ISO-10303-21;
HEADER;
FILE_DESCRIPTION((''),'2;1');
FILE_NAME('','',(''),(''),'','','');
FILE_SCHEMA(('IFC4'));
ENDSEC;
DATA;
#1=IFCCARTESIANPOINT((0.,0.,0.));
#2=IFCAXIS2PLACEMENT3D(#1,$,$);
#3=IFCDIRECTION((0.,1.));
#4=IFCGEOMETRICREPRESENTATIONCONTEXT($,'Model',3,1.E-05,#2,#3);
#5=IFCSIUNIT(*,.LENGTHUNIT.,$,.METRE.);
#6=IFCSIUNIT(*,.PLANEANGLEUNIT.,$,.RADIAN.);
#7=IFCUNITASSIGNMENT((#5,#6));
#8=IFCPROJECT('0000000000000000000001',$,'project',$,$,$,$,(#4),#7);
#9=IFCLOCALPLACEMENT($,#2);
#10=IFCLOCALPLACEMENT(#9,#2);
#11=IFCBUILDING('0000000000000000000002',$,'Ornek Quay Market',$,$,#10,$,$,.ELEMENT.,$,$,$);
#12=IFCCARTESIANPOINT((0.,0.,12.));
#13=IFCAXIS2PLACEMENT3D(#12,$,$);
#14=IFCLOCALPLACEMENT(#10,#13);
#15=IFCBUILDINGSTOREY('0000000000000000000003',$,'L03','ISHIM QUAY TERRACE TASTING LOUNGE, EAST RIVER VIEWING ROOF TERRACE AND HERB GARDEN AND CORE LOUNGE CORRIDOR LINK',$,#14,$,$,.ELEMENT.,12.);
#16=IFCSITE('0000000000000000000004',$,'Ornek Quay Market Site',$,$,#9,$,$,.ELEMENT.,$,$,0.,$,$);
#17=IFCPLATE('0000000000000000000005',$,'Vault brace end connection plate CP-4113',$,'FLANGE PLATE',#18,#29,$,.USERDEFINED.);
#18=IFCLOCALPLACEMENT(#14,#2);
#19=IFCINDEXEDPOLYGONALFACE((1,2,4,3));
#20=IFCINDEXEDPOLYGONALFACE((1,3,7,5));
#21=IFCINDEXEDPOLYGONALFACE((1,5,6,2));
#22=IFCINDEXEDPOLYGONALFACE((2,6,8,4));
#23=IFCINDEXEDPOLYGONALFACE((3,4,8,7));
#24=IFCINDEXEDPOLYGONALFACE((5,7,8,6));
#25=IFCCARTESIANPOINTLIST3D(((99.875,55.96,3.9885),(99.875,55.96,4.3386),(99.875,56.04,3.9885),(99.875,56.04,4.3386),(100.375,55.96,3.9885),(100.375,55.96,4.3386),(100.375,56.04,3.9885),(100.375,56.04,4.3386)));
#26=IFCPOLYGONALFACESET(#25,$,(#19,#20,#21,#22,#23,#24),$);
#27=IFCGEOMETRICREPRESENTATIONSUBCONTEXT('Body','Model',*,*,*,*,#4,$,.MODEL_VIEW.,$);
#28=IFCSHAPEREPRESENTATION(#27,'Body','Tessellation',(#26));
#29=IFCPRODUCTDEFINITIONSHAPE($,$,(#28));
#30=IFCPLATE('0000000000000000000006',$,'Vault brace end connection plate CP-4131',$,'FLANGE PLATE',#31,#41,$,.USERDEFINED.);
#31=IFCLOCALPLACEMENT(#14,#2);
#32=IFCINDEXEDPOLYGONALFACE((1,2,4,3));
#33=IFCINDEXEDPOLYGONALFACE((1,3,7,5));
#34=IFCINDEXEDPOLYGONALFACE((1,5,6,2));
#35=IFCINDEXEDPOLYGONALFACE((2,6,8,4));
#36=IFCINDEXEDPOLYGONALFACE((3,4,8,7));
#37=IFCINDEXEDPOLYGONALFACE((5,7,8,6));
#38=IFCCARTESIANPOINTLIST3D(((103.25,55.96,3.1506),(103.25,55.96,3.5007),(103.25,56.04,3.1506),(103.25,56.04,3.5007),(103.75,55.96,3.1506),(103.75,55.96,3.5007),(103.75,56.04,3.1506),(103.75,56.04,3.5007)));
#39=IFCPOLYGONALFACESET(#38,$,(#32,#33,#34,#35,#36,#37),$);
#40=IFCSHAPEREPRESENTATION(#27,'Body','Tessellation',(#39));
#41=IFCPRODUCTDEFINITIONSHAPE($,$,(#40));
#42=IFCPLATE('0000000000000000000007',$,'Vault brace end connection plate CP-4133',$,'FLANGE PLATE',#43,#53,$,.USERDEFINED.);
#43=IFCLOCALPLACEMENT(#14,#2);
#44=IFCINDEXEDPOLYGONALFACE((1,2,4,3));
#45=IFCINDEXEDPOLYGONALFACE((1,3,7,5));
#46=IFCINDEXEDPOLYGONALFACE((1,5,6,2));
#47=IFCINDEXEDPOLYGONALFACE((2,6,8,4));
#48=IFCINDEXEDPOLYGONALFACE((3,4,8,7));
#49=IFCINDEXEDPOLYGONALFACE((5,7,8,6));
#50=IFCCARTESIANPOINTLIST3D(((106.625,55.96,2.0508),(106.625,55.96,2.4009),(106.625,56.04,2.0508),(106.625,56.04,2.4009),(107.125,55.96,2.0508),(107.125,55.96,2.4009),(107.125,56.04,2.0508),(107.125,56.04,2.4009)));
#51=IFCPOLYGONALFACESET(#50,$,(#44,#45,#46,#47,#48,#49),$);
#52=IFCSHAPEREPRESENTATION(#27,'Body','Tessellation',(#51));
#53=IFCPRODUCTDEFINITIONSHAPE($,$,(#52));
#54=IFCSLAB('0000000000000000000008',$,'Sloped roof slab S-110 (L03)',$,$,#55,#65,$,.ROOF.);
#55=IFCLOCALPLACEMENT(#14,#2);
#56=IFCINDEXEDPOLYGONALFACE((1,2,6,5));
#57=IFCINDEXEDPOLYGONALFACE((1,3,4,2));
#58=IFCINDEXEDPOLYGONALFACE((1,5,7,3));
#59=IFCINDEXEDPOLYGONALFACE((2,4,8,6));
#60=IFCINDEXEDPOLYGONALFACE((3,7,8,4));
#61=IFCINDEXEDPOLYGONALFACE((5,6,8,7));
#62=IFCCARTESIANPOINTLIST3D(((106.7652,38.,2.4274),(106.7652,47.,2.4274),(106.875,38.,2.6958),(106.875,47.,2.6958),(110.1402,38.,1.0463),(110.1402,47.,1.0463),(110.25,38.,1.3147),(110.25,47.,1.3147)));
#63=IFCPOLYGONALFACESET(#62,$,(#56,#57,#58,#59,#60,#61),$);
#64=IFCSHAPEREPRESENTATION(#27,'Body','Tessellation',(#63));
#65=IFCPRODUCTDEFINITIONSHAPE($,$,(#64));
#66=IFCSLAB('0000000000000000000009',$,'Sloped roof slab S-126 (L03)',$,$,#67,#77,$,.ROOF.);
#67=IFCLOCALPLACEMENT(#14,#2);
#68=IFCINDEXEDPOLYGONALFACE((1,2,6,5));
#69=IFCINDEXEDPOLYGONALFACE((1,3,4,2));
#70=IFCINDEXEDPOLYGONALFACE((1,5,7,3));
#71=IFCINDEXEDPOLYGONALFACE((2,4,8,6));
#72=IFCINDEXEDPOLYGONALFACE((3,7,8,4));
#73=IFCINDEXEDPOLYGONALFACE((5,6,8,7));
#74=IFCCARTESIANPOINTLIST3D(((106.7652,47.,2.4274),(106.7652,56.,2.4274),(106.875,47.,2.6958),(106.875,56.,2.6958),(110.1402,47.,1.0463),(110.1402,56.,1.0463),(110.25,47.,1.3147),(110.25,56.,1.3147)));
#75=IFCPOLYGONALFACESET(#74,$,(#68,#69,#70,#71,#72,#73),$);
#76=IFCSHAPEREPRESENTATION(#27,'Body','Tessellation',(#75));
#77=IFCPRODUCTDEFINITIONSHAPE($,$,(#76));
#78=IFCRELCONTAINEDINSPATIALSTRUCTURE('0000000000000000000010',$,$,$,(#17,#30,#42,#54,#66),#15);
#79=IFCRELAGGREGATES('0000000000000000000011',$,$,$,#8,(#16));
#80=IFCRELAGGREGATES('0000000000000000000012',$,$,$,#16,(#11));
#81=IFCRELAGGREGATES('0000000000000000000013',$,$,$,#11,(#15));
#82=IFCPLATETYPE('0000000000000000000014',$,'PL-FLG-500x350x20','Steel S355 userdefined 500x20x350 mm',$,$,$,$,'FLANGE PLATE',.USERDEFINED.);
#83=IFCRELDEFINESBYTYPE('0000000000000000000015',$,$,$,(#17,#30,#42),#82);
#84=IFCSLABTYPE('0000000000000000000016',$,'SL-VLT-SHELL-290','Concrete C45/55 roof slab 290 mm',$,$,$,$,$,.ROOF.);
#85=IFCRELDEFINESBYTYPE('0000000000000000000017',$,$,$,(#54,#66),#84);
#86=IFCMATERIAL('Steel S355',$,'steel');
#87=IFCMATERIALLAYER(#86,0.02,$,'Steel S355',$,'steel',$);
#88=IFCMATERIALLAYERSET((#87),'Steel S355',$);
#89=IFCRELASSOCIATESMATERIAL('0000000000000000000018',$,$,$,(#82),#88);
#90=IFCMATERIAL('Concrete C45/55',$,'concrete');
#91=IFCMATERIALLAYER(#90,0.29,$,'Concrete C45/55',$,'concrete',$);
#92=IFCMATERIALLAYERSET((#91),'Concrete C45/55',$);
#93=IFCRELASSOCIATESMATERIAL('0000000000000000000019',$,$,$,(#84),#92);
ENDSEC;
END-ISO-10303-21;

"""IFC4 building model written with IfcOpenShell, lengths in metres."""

from ifc_helpers import new_model, si_unit, direction, frame, origin, origin_2d, place, context, subcontext, project, spatial, polyline, rectangle, outline, extrude, material, layer, layer_set, type_object, element, save


model = new_model("IFC4")

# Units and contexts
model_context = context("Model", 3, precision=1e-05, world=origin(), true_north=direction((0.0, 1.0)))
body_context = subcontext(model_context, "Body", "Model", "MODEL_VIEW")
ifc_project = project(units=[si_unit("LENGTHUNIT", "METRE"), si_unit("PLANEANGLEUNIT", "RADIAN")], contexts=[model_context])

# Site, building, storey
site_placement = place(None, origin())
site = spatial("IfcSite", under=ifc_project, at=site_placement, Name="Ornek Quay Market Site", CompositionType="ELEMENT", RefElevation=0.0)
building_placement = place(site_placement, origin())
building = spatial("IfcBuilding", under=site, at=building_placement, Name="Ornek Quay Market", CompositionType="ELEMENT")
storey_placement = place(building_placement, frame((0.0, 0.0, 12.0)))
storey = spatial("IfcBuildingStorey", under=building, at=storey_placement, Name="L03", Description="ISHIM QUAY TERRACE TASTING LOUNGE, EAST RIVER VIEWING ROOF TERRACE AND HERB GARDEN AND CORE LOUNGE CORRIDOR LINK", CompositionType="ELEMENT", Elevation=12.0)

# Shared definitions
ifc_material_1 = material(Name="Concrete C45/55", Category="concrete")
ifc_material_2 = material(Name="Steel S355", Category="steel")

# Plates
ifc_layer_1 = layer(ifc_material_2, 0.02, Name="Steel S355", Category="steel")
ifc_layer_set_1 = layer_set([ifc_layer_1], Name="Steel S355")
plate_type = type_object("IfcPlateType", Name="PL-FLG-500x350x20", Description="Steel S355 userdefined 500x20x350 mm", ElementType="FLANGE PLATE", PredefinedType="USERDEFINED", material=ifc_layer_set_1)
for number, where, z_axis, x_axis, name in (
    (1, (100.125, 56.0, 3.9885), (0.0, 0.0, 1.0), (1.0, 0.0, 0.0), "Vault brace end connection plate CP-4113"),
    (2, (103.5, 56.0, 3.1506), (0.0, 0.0, 1.0), (1.0, 0.0, 0.0), "Vault brace end connection plate CP-4131"),
    (3, (106.875, 56.0, 2.0508), (0.0, 0.0, 1.0), (1.0, 0.0, 0.0), "Vault brace end connection plate CP-4133"),
):
    element("IfcPlate", number, at=place(storey_placement, frame(where, z_axis=z_axis, x_axis=x_axis)), inside=storey, type_object=plate_type, Name=name, ObjectType="FLANGE PLATE", PredefinedType="USERDEFINED", context=body_context, shape_type="SweptSolid", body=[
        extrude(rectangle(XDim=0.5, YDim=0.0801, at=origin_2d()), origin(), (0.0, 0.0, 1.0), 0.3501),
    ])

# Slabs
ifc_layer_2 = layer(ifc_material_1, 0.29, Name="Concrete C45/55", Category="concrete")
ifc_layer_set_2 = layer_set([ifc_layer_2], Name="Concrete C45/55")
slab_type = type_object("IfcSlabType", Name="SL-VLT-SHELL-290", Description="Concrete C45/55 roof slab 290 mm", PredefinedType="ROOF", material=ifc_layer_set_2)
for number, where, z_axis, x_axis, name in (
    (4, (106.875, 38.0, 2.6958), (0.378732, 0.0, 0.925506), (0.925506, 0.0, -0.378732), "Sloped roof slab S-110 (L03)"),
    (5, (106.875, 47.0, 2.6958), (0.378732, 0.0, 0.925506), (0.925506, 0.0, -0.378732), "Sloped roof slab S-126 (L03)"),
):
    element("IfcSlab", number, at=place(storey_placement, frame(where, z_axis=z_axis, x_axis=x_axis)), inside=storey, type_object=slab_type, Name=name, PredefinedType="ROOF", context=body_context, shape_type="SweptSolid", body=[
        extrude(outline(polyline([(0.0, 0.0), (3.6467, 0.0), (3.6467, 9.0), (0.0, 9.0), (0.0, 0.0)])), origin(), (0.0, 0.0, -1.0), 0.29),
    ])

save(model, "model.ifc")
